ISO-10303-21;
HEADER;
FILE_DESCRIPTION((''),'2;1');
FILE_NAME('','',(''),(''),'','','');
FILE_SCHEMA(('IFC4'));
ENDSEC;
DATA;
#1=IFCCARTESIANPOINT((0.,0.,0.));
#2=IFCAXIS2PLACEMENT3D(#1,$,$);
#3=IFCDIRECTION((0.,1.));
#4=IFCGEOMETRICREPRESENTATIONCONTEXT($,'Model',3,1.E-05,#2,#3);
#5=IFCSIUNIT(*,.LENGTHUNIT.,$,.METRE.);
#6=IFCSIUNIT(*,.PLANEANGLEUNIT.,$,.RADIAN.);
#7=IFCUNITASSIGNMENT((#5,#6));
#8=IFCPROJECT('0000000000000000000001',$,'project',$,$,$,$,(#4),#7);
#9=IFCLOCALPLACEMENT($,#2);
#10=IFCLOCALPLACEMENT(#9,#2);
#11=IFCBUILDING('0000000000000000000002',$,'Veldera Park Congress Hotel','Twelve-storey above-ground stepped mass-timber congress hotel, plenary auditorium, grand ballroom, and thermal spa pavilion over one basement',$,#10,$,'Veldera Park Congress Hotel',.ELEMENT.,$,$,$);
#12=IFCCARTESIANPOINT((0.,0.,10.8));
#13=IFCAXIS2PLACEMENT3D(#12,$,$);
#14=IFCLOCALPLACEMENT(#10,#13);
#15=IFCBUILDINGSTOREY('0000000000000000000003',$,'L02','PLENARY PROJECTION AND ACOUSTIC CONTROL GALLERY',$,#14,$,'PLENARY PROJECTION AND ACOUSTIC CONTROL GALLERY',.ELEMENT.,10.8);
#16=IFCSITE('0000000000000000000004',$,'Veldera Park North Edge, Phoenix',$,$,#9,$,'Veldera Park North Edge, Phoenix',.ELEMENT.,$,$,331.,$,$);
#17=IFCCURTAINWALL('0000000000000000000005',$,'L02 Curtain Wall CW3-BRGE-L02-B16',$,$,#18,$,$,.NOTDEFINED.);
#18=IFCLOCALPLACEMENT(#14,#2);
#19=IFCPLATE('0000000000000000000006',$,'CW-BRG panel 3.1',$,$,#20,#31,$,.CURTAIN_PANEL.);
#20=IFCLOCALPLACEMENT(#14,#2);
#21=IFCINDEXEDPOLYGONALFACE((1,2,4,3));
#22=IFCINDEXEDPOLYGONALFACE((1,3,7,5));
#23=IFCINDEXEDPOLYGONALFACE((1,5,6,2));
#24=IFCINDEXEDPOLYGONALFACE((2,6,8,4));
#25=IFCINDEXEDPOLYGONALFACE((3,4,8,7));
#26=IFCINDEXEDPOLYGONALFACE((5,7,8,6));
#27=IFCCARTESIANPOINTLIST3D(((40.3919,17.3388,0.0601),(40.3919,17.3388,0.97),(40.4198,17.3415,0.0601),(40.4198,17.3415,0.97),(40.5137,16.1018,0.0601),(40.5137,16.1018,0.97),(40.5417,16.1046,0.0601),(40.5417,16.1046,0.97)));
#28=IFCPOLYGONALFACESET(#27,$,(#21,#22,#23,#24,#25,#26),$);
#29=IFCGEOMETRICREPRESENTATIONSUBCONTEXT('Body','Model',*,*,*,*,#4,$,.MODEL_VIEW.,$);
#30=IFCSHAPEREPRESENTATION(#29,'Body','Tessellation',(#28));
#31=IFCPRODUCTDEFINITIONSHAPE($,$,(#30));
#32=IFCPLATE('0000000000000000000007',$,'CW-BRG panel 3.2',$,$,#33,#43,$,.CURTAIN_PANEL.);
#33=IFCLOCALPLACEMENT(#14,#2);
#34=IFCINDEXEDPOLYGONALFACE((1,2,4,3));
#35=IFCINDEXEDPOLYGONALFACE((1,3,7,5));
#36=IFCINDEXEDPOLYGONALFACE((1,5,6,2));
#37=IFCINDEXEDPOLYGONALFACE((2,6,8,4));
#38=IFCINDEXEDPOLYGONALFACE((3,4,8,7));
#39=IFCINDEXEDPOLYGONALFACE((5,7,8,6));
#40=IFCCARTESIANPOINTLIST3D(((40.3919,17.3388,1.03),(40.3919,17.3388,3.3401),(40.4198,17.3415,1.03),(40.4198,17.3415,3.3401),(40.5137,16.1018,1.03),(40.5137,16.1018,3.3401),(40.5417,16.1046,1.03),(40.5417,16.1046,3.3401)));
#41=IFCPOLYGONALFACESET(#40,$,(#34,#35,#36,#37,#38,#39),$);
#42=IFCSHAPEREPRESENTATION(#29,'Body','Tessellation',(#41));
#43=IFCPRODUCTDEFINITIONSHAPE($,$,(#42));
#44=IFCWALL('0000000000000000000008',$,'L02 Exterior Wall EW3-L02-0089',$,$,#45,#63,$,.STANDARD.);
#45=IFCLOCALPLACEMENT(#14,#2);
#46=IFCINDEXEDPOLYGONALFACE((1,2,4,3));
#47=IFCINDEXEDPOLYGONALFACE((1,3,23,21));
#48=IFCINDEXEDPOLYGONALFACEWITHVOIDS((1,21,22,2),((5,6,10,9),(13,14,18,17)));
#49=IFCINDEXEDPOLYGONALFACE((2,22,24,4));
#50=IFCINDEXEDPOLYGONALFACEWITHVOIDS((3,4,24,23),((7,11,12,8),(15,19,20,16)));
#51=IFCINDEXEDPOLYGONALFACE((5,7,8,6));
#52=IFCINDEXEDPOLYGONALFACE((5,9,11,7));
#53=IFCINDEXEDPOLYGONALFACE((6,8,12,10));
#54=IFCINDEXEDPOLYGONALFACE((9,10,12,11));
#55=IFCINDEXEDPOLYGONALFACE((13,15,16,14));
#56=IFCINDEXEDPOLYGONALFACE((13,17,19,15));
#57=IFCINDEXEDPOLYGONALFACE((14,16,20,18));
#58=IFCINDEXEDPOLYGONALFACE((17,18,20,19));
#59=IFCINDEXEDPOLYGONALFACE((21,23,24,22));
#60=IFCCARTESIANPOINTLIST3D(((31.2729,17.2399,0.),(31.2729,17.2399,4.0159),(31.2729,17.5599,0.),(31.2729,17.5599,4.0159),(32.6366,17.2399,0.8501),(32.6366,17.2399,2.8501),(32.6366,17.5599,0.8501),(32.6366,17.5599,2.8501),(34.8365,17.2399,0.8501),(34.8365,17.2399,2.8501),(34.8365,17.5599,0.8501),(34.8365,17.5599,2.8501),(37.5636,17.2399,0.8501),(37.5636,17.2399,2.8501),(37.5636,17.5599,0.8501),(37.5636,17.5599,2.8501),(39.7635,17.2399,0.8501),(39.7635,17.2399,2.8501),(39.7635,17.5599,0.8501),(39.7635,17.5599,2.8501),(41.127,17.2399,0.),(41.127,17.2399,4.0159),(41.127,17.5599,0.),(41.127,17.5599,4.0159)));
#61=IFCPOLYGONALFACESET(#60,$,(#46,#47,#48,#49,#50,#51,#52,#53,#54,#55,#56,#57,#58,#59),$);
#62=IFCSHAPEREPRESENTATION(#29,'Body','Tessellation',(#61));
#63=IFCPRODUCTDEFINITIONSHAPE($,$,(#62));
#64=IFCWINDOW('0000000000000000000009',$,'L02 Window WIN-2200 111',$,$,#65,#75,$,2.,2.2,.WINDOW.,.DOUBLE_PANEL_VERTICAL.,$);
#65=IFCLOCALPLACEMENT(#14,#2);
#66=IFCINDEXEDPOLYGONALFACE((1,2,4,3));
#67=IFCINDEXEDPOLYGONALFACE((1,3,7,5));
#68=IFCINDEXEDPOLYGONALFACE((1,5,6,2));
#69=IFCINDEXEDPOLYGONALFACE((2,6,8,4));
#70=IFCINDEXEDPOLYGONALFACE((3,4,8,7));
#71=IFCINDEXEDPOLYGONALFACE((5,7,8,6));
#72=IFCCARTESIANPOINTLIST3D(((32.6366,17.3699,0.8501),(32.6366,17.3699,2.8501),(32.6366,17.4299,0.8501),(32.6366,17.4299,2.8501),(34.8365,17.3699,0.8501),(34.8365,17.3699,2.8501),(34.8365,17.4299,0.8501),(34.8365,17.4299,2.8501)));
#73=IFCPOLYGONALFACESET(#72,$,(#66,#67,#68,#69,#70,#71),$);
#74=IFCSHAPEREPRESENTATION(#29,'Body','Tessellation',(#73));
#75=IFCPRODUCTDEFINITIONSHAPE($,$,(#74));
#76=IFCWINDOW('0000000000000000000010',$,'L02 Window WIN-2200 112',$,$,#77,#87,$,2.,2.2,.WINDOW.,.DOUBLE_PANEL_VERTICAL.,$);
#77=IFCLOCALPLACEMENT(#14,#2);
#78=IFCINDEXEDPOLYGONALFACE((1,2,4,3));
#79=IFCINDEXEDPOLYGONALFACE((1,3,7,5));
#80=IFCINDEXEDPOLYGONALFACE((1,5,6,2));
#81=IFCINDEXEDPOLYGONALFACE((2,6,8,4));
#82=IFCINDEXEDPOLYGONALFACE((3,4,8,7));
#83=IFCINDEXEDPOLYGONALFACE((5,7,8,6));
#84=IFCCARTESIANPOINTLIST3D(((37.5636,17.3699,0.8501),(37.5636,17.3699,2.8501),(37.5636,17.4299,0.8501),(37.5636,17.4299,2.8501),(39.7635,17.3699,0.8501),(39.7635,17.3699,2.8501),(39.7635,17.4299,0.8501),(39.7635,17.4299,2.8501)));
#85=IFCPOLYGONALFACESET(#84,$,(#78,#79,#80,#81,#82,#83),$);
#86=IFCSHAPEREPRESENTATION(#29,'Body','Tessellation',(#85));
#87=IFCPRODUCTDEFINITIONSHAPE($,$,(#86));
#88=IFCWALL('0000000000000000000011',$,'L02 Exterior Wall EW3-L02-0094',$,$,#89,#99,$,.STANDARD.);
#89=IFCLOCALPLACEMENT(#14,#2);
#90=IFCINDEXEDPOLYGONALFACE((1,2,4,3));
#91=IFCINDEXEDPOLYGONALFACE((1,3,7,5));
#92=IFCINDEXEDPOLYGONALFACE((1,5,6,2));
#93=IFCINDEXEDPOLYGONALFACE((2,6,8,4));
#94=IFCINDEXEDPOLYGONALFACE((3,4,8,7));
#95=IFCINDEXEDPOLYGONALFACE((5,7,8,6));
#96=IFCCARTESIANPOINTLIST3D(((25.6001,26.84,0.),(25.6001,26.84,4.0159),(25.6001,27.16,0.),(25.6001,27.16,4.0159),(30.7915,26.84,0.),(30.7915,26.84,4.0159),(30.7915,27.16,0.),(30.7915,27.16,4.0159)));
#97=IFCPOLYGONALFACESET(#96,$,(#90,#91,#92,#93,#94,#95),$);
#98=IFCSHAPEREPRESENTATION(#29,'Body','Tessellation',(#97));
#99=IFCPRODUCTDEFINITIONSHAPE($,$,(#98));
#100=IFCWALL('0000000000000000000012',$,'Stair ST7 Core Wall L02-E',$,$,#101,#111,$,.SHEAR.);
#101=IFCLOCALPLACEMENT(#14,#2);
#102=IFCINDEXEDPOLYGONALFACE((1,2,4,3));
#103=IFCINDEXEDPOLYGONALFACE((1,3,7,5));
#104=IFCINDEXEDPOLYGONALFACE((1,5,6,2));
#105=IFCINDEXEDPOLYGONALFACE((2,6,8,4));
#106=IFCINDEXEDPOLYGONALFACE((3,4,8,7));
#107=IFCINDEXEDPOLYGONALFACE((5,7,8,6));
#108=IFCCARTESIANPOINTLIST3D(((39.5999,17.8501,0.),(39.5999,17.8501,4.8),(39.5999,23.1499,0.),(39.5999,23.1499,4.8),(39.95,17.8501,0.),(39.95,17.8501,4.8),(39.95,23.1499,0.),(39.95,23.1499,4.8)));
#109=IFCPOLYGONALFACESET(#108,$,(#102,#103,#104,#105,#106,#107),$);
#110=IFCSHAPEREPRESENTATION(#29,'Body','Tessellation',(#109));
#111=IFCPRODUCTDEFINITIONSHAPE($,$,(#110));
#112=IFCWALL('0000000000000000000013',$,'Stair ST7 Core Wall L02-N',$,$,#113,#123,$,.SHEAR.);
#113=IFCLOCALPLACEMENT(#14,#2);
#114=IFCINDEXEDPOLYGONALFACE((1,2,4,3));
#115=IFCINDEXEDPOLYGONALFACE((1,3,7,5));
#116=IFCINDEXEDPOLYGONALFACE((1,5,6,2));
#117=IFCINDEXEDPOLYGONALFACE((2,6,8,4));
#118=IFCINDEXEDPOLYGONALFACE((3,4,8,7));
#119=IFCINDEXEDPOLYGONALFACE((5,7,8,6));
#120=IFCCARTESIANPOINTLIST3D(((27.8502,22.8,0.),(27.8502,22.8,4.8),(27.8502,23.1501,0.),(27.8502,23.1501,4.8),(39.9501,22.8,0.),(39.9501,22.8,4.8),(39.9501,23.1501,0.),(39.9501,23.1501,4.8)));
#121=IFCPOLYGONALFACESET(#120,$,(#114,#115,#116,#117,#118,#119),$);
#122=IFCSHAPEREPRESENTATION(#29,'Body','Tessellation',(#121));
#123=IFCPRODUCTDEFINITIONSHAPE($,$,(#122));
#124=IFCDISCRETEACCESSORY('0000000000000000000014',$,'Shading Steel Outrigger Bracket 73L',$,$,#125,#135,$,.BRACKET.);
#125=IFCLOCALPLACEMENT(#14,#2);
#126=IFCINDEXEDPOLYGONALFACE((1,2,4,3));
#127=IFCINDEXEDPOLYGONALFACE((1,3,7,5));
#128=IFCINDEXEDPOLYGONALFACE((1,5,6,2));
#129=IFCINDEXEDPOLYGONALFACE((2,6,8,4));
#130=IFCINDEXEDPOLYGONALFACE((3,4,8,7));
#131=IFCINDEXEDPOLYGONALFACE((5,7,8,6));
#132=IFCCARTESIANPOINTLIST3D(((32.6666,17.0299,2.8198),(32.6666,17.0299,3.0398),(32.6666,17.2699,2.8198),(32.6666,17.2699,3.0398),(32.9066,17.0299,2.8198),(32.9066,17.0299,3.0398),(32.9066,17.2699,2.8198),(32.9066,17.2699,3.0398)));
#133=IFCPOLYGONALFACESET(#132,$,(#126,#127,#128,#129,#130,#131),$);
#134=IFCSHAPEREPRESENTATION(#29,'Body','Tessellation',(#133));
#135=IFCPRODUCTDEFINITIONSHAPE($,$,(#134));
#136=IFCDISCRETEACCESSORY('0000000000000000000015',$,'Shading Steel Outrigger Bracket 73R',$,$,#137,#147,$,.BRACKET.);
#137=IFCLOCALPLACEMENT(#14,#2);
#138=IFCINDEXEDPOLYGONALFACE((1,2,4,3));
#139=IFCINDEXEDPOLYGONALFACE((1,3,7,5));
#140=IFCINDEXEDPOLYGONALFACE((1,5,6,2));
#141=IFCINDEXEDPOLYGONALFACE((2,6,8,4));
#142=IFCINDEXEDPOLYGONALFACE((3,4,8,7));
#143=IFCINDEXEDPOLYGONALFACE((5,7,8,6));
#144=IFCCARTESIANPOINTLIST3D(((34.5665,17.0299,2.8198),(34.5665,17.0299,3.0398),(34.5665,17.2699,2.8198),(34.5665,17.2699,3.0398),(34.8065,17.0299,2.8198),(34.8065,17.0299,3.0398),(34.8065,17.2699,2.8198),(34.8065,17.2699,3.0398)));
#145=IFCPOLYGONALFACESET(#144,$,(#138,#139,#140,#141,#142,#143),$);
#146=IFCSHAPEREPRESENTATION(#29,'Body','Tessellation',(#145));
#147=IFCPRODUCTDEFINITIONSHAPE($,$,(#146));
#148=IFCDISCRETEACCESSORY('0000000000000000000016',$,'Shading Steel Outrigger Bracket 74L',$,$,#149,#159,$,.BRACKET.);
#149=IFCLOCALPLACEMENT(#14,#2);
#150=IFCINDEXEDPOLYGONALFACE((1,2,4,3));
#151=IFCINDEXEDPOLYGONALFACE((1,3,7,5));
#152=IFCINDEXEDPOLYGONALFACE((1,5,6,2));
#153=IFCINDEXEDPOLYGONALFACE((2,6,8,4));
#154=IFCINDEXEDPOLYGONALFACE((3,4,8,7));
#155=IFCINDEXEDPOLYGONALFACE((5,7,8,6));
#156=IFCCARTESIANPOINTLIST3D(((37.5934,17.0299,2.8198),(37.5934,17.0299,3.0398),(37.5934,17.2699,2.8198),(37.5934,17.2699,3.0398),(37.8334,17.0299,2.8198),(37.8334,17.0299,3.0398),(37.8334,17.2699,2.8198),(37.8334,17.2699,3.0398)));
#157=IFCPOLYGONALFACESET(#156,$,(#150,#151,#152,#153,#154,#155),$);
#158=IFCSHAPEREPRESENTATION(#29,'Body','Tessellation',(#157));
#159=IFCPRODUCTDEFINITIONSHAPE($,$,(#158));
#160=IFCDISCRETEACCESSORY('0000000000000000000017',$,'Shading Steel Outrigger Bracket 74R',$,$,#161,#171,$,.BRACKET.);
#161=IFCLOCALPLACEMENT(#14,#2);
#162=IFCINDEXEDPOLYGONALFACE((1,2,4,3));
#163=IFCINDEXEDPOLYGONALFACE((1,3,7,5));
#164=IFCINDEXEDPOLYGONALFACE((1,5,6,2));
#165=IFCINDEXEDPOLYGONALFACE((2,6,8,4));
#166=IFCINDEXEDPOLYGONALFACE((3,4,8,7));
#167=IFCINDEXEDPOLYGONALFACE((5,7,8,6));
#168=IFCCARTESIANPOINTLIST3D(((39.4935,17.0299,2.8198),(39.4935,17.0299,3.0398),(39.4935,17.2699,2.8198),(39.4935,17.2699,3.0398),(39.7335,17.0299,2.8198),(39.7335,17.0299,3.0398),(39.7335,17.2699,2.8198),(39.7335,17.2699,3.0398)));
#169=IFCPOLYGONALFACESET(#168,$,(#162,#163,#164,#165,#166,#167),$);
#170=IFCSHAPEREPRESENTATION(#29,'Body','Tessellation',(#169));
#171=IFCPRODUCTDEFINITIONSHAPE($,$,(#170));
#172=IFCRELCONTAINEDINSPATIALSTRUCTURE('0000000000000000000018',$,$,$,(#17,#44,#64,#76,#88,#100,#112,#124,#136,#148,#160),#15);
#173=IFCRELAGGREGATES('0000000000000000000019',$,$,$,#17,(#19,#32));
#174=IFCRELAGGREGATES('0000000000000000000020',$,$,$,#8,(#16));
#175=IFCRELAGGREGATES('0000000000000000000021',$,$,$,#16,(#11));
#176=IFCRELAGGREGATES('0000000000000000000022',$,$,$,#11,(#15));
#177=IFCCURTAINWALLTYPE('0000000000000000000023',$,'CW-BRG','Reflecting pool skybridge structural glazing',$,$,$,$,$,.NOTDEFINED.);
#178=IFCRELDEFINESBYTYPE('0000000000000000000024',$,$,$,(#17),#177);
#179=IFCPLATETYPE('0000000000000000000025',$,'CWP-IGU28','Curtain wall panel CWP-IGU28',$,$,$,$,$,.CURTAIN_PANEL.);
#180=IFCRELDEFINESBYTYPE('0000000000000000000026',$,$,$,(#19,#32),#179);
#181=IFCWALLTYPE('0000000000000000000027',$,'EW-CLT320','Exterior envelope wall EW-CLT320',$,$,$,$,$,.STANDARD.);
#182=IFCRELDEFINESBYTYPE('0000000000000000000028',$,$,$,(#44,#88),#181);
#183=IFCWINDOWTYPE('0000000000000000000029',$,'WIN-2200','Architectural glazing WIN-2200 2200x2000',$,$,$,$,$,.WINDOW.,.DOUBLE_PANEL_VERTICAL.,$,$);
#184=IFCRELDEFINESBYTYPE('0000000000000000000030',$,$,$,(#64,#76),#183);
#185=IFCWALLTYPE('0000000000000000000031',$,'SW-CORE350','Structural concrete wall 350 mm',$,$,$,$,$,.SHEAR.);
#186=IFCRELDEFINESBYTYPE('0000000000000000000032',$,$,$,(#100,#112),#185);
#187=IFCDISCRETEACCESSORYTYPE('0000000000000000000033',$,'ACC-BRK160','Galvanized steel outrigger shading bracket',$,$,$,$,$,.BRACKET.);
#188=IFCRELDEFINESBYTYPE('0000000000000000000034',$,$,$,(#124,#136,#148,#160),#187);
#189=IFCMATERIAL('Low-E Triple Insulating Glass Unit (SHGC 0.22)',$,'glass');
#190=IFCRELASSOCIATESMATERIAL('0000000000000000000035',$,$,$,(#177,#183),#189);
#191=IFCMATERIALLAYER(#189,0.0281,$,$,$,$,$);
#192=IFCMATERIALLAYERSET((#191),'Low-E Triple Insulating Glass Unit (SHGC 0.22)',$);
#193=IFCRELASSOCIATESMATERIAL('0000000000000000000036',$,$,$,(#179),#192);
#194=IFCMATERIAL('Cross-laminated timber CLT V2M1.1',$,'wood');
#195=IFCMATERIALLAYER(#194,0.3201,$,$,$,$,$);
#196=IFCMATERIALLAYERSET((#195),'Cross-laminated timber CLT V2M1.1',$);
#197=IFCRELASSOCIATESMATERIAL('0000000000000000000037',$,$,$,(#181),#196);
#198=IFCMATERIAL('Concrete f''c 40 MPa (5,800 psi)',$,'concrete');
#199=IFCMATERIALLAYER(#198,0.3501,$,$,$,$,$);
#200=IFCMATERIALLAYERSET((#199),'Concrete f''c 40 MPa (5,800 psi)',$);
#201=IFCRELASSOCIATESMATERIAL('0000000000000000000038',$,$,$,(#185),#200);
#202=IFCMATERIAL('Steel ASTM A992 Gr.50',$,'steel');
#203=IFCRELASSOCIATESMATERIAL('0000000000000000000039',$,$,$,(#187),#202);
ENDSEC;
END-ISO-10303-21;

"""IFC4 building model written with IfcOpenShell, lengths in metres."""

from ifc_helpers import new_model, si_unit, direction, frame, frame_2d, origin, origin_2d, place, context, subcontext, project, spatial, rectangle, extrude, material, layer, layer_set, type_object, element, fill, aggregate, save


model = new_model("IFC4")

# Units and contexts
model_context = context("Model", 3, precision=1e-05, world=origin(), true_north=direction((0.0, 1.0)))
body_context = subcontext(model_context, "Body", "Model", "MODEL_VIEW")
ifc_project = project(units=[si_unit("LENGTHUNIT", "METRE"), si_unit("PLANEANGLEUNIT", "RADIAN")], contexts=[model_context])

# Site, building, storey
site_placement = place(None, origin())
site = spatial("IfcSite", under=ifc_project, at=site_placement, Name="Veldera Park North Edge, Phoenix", LongName="Veldera Park North Edge, Phoenix", CompositionType="ELEMENT", RefElevation=331.0)
building_placement = place(site_placement, origin())
building = spatial("IfcBuilding", under=site, at=building_placement, Name="Veldera Park Congress Hotel", Description="Twelve-storey above-ground stepped mass-timber congress hotel, plenary auditorium, grand ballroom, and thermal spa pavilion over one basement", LongName="Veldera Park Congress Hotel", CompositionType="ELEMENT")
storey_placement = place(building_placement, frame((0.0, 0.0, 10.8)))
storey = spatial("IfcBuildingStorey", under=building, at=storey_placement, Name="L02", Description="PLENARY PROJECTION AND ACOUSTIC CONTROL GALLERY", LongName="PLENARY PROJECTION AND ACOUSTIC CONTROL GALLERY", CompositionType="ELEMENT", Elevation=10.8)

# Shared definitions
ifc_material_1 = material(Name="Steel ASTM A992 Gr.50", Category="steel")

# Curtain wall
ifc_material_2 = material(Name="Low-E Triple Insulating Glass Unit (SHGC 0.22)", Category="glass")
curtain_wall_type = type_object("IfcCurtainWallType", Name="CW-BRG", Description="Reflecting pool skybridge structural glazing", PredefinedType="NOTDEFINED", material=ifc_material_2)
curtain_wall_1_placement = place(storey_placement, origin())
curtain_wall_1 = element("IfcCurtainWall", 1, at=curtain_wall_1_placement, inside=storey, type_object=curtain_wall_type, Name="L02 Curtain Wall CW3-BRGE-L02-B16", PredefinedType="NOTDEFINED")

# Plates
ifc_layer_1 = layer(ifc_material_2, 0.0281)
ifc_layer_set_1 = layer_set([ifc_layer_1], Name="Low-E Triple Insulating Glass Unit (SHGC 0.22)")
plate_type = type_object("IfcPlateType", Name="CWP-IGU28", Description="Curtain wall panel CWP-IGU28", PredefinedType="CURTAIN_PANEL", material=ifc_layer_set_1)
plate_1_placement = place(storey_placement, frame((40.4668, 16.7217, 0.0601), z_axis=(0.0, 0.0, 1.0), x_axis=(-0.098023, 0.995184, 0.0)))
plate_1 = element("IfcPlate", 2, at=plate_1_placement, type_object=plate_type, Name="CW-BRG panel 3.1", PredefinedType="CURTAIN_PANEL", context=body_context, shape_type="SweptSolid", body=[
    extrude(rectangle(XDim=1.2429, YDim=0.0281, at=origin_2d()), origin(), (0.0, 0.0, 1.0), 0.9099),
])
plate_2_placement = place(storey_placement, frame((40.4668, 16.7217, 1.03), z_axis=(0.0, 0.0, 1.0), x_axis=(-0.098023, 0.995184, 0.0)))
plate_2 = element("IfcPlate", 3, at=plate_2_placement, type_object=plate_type, Name="CW-BRG panel 3.2", PredefinedType="CURTAIN_PANEL", context=body_context, shape_type="SweptSolid", body=[
    extrude(rectangle(XDim=1.2429, YDim=0.0281, at=origin_2d()), origin(), (0.0, 0.0, 1.0), 2.3101),
])
aggregate(curtain_wall_1, [plate_1, plate_2])

# Wall, openings, windows
ifc_material_3 = material(Name="Cross-laminated timber CLT V2M1.1", Category="wood")
ifc_layer_2 = layer(ifc_material_3, 0.3201)
ifc_layer_set_2 = layer_set([ifc_layer_2], Name="Cross-laminated timber CLT V2M1.1")
wall_type_1 = type_object("IfcWallType", Name="EW-CLT320", Description="Exterior envelope wall EW-CLT320", PredefinedType="STANDARD", material=ifc_layer_set_2)
wall_1_placement = place(storey_placement, frame((31.2729, 17.3999, 0.0), z_axis=(0.0, 0.0, 1.0), x_axis=(1.0, 0.0, 0.0)))
wall_1 = element("IfcWall", 4, at=wall_1_placement, inside=storey, type_object=wall_type_1, Name="L02 Exterior Wall EW3-L02-0089", PredefinedType="STANDARD", context=body_context, shape_type="SweptSolid", body=[
    extrude(rectangle(XDim=9.854, YDim=0.3201, at=frame_2d((4.927, 0.0))), origin(), (0.0, 0.0, 1.0), 4.0159),
])
opening_1_placement = place(wall_1_placement, frame((1.3635, 0.0, 0.8501)))
opening_1 = element("IfcOpeningElement", 5, at=opening_1_placement, cuts=wall_1, PredefinedType="OPENING", context=body_context, shape_type="SweptSolid", body=[
    extrude(rectangle(XDim=2.2, YDim=2.0, at=frame_2d((1.1001, 1.0))), frame((0.0, 0.1721, 0.0), z_axis=(0.0, -1.0, 0.0), x_axis=(1.0, 0.0, 0.0)), (0.0, 0.0, 1.0), 0.344),
])
opening_2_placement = place(wall_1_placement, frame((6.2905, 0.0, 0.8501)))
opening_2 = element("IfcOpeningElement", 6, at=opening_2_placement, cuts=wall_1, PredefinedType="OPENING", context=body_context, shape_type="SweptSolid", body=[
    extrude(rectangle(XDim=2.2, YDim=2.0, at=frame_2d((1.1001, 1.0))), frame((0.0, 0.1721, 0.0), z_axis=(0.0, -1.0, 0.0), x_axis=(1.0, 0.0, 0.0)), (0.0, 0.0, 1.0), 0.344),
])
window_type = type_object("IfcWindowType", Name="WIN-2200", Description="Architectural glazing WIN-2200 2200x2000", PartitioningType="DOUBLE_PANEL_VERTICAL", PredefinedType="WINDOW", material=ifc_material_2)
window_1_placement = place(opening_1_placement, origin())
window_1 = element("IfcWindow", 7, at=window_1_placement, inside=storey, type_object=window_type, Name="L02 Window WIN-2200 111", OverallHeight=2.0, OverallWidth=2.2, PartitioningType="DOUBLE_PANEL_VERTICAL", PredefinedType="WINDOW", context=body_context, shape_type="SweptSolid", body=[
    extrude(rectangle(XDim=2.2, YDim=2.0, at=frame_2d((1.1001, 1.0))), frame((0.0, 0.03, 0.0), z_axis=(0.0, -1.0, 0.0), x_axis=(1.0, 0.0, 0.0)), (0.0, 0.0, 1.0), 0.0601),
])
fill(opening_1, window_1)
window_2_placement = place(opening_2_placement, origin())
window_2 = element("IfcWindow", 8, at=window_2_placement, inside=storey, type_object=window_type, Name="L02 Window WIN-2200 112", OverallHeight=2.0, OverallWidth=2.2, PartitioningType="DOUBLE_PANEL_VERTICAL", PredefinedType="WINDOW", context=body_context, shape_type="SweptSolid", body=[
    extrude(rectangle(XDim=2.2, YDim=2.0, at=frame_2d((1.1001, 1.0))), frame((0.0, 0.03, 0.0), z_axis=(0.0, -1.0, 0.0), x_axis=(1.0, 0.0, 0.0)), (0.0, 0.0, 1.0), 0.0601),
])
fill(opening_2, window_2)

# Walls
wall_2_placement = place(storey_placement, frame((30.7915, 27.0, 0.0), z_axis=(0.0, 0.0, 1.0), x_axis=(-1.0, 0.0, 0.0)))
element("IfcWall", 9, at=wall_2_placement, inside=storey, type_object=wall_type_1, Name="L02 Exterior Wall EW3-L02-0094", PredefinedType="STANDARD", context=body_context, shape_type="SweptSolid", body=[
    extrude(rectangle(XDim=5.1914, YDim=0.3201, at=frame_2d((2.5957, 0.0))), origin(), (0.0, 0.0, 1.0), 4.0159),
])
ifc_material_4 = material(Name="Concrete f'c 40 MPa (5,800 psi)", Category="concrete")
ifc_layer_3 = layer(ifc_material_4, 0.3501)
ifc_layer_set_3 = layer_set([ifc_layer_3], Name="Concrete f'c 40 MPa (5,800 psi)")
wall_type_2 = type_object("IfcWallType", Name="SW-CORE350", Description="Structural concrete wall 350 mm", PredefinedType="SHEAR", material=ifc_layer_set_3)
wall_3_placement = place(storey_placement, frame((39.7749, 17.8501, 0.0), z_axis=(0.0, 0.0, 1.0), x_axis=(0.0, 1.0, 0.0)))
element("IfcWall", 10, at=wall_3_placement, inside=storey, type_object=wall_type_2, Name="Stair ST7 Core Wall L02-E", PredefinedType="SHEAR", context=body_context, shape_type="SweptSolid", body=[
    extrude(rectangle(XDim=5.2998, YDim=0.3501, at=frame_2d((2.6499, 0.0))), origin(), (0.0, 0.0, 1.0), 4.8),
])
wall_4_placement = place(storey_placement, frame((39.95, 22.9751, 0.0), z_axis=(0.0, 0.0, 1.0), x_axis=(-1.0, 0.0, 0.0)))
element("IfcWall", 11, at=wall_4_placement, inside=storey, type_object=wall_type_2, Name="Stair ST7 Core Wall L02-N", PredefinedType="SHEAR", context=body_context, shape_type="SweptSolid", body=[
    extrude(rectangle(XDim=12.0999, YDim=0.3501, at=frame_2d((6.0498, 0.0))), origin(), (0.0, 0.0, 1.0), 4.8),
])

# Discrete accessories
discrete_accessory_type = type_object("IfcDiscreteAccessoryType", Name="ACC-BRK160", Description="Galvanized steel outrigger shading bracket", PredefinedType="BRACKET", material=ifc_material_1)
for number, where, z_axis, x_axis, name in (
    (12, (32.7866, 17.1499, 2.8198), (0.0, 0.0, 1.0), (1.0, 0.0, 0.0), "Shading Steel Outrigger Bracket 73L"),
    (13, (34.6865, 17.1499, 2.8198), (0.0, 0.0, 1.0), (1.0, 0.0, 0.0), "Shading Steel Outrigger Bracket 73R"),
    (14, (37.7134, 17.1499, 2.8198), (0.0, 0.0, 1.0), (1.0, 0.0, 0.0), "Shading Steel Outrigger Bracket 74L"),
    (15, (39.6135, 17.1499, 2.8198), (0.0, 0.0, 1.0), (1.0, 0.0, 0.0), "Shading Steel Outrigger Bracket 74R"),
):
    element("IfcDiscreteAccessory", number, at=place(storey_placement, frame(where, z_axis=z_axis, x_axis=x_axis)), inside=storey, type_object=discrete_accessory_type, Name=name, PredefinedType="BRACKET", context=body_context, shape_type="SweptSolid", body=[
        extrude(rectangle(XDim=0.24, YDim=0.24, at=origin_2d()), origin(), (0.0, 0.0, 1.0), 0.22),
    ])

save(model, "model.ifc")
